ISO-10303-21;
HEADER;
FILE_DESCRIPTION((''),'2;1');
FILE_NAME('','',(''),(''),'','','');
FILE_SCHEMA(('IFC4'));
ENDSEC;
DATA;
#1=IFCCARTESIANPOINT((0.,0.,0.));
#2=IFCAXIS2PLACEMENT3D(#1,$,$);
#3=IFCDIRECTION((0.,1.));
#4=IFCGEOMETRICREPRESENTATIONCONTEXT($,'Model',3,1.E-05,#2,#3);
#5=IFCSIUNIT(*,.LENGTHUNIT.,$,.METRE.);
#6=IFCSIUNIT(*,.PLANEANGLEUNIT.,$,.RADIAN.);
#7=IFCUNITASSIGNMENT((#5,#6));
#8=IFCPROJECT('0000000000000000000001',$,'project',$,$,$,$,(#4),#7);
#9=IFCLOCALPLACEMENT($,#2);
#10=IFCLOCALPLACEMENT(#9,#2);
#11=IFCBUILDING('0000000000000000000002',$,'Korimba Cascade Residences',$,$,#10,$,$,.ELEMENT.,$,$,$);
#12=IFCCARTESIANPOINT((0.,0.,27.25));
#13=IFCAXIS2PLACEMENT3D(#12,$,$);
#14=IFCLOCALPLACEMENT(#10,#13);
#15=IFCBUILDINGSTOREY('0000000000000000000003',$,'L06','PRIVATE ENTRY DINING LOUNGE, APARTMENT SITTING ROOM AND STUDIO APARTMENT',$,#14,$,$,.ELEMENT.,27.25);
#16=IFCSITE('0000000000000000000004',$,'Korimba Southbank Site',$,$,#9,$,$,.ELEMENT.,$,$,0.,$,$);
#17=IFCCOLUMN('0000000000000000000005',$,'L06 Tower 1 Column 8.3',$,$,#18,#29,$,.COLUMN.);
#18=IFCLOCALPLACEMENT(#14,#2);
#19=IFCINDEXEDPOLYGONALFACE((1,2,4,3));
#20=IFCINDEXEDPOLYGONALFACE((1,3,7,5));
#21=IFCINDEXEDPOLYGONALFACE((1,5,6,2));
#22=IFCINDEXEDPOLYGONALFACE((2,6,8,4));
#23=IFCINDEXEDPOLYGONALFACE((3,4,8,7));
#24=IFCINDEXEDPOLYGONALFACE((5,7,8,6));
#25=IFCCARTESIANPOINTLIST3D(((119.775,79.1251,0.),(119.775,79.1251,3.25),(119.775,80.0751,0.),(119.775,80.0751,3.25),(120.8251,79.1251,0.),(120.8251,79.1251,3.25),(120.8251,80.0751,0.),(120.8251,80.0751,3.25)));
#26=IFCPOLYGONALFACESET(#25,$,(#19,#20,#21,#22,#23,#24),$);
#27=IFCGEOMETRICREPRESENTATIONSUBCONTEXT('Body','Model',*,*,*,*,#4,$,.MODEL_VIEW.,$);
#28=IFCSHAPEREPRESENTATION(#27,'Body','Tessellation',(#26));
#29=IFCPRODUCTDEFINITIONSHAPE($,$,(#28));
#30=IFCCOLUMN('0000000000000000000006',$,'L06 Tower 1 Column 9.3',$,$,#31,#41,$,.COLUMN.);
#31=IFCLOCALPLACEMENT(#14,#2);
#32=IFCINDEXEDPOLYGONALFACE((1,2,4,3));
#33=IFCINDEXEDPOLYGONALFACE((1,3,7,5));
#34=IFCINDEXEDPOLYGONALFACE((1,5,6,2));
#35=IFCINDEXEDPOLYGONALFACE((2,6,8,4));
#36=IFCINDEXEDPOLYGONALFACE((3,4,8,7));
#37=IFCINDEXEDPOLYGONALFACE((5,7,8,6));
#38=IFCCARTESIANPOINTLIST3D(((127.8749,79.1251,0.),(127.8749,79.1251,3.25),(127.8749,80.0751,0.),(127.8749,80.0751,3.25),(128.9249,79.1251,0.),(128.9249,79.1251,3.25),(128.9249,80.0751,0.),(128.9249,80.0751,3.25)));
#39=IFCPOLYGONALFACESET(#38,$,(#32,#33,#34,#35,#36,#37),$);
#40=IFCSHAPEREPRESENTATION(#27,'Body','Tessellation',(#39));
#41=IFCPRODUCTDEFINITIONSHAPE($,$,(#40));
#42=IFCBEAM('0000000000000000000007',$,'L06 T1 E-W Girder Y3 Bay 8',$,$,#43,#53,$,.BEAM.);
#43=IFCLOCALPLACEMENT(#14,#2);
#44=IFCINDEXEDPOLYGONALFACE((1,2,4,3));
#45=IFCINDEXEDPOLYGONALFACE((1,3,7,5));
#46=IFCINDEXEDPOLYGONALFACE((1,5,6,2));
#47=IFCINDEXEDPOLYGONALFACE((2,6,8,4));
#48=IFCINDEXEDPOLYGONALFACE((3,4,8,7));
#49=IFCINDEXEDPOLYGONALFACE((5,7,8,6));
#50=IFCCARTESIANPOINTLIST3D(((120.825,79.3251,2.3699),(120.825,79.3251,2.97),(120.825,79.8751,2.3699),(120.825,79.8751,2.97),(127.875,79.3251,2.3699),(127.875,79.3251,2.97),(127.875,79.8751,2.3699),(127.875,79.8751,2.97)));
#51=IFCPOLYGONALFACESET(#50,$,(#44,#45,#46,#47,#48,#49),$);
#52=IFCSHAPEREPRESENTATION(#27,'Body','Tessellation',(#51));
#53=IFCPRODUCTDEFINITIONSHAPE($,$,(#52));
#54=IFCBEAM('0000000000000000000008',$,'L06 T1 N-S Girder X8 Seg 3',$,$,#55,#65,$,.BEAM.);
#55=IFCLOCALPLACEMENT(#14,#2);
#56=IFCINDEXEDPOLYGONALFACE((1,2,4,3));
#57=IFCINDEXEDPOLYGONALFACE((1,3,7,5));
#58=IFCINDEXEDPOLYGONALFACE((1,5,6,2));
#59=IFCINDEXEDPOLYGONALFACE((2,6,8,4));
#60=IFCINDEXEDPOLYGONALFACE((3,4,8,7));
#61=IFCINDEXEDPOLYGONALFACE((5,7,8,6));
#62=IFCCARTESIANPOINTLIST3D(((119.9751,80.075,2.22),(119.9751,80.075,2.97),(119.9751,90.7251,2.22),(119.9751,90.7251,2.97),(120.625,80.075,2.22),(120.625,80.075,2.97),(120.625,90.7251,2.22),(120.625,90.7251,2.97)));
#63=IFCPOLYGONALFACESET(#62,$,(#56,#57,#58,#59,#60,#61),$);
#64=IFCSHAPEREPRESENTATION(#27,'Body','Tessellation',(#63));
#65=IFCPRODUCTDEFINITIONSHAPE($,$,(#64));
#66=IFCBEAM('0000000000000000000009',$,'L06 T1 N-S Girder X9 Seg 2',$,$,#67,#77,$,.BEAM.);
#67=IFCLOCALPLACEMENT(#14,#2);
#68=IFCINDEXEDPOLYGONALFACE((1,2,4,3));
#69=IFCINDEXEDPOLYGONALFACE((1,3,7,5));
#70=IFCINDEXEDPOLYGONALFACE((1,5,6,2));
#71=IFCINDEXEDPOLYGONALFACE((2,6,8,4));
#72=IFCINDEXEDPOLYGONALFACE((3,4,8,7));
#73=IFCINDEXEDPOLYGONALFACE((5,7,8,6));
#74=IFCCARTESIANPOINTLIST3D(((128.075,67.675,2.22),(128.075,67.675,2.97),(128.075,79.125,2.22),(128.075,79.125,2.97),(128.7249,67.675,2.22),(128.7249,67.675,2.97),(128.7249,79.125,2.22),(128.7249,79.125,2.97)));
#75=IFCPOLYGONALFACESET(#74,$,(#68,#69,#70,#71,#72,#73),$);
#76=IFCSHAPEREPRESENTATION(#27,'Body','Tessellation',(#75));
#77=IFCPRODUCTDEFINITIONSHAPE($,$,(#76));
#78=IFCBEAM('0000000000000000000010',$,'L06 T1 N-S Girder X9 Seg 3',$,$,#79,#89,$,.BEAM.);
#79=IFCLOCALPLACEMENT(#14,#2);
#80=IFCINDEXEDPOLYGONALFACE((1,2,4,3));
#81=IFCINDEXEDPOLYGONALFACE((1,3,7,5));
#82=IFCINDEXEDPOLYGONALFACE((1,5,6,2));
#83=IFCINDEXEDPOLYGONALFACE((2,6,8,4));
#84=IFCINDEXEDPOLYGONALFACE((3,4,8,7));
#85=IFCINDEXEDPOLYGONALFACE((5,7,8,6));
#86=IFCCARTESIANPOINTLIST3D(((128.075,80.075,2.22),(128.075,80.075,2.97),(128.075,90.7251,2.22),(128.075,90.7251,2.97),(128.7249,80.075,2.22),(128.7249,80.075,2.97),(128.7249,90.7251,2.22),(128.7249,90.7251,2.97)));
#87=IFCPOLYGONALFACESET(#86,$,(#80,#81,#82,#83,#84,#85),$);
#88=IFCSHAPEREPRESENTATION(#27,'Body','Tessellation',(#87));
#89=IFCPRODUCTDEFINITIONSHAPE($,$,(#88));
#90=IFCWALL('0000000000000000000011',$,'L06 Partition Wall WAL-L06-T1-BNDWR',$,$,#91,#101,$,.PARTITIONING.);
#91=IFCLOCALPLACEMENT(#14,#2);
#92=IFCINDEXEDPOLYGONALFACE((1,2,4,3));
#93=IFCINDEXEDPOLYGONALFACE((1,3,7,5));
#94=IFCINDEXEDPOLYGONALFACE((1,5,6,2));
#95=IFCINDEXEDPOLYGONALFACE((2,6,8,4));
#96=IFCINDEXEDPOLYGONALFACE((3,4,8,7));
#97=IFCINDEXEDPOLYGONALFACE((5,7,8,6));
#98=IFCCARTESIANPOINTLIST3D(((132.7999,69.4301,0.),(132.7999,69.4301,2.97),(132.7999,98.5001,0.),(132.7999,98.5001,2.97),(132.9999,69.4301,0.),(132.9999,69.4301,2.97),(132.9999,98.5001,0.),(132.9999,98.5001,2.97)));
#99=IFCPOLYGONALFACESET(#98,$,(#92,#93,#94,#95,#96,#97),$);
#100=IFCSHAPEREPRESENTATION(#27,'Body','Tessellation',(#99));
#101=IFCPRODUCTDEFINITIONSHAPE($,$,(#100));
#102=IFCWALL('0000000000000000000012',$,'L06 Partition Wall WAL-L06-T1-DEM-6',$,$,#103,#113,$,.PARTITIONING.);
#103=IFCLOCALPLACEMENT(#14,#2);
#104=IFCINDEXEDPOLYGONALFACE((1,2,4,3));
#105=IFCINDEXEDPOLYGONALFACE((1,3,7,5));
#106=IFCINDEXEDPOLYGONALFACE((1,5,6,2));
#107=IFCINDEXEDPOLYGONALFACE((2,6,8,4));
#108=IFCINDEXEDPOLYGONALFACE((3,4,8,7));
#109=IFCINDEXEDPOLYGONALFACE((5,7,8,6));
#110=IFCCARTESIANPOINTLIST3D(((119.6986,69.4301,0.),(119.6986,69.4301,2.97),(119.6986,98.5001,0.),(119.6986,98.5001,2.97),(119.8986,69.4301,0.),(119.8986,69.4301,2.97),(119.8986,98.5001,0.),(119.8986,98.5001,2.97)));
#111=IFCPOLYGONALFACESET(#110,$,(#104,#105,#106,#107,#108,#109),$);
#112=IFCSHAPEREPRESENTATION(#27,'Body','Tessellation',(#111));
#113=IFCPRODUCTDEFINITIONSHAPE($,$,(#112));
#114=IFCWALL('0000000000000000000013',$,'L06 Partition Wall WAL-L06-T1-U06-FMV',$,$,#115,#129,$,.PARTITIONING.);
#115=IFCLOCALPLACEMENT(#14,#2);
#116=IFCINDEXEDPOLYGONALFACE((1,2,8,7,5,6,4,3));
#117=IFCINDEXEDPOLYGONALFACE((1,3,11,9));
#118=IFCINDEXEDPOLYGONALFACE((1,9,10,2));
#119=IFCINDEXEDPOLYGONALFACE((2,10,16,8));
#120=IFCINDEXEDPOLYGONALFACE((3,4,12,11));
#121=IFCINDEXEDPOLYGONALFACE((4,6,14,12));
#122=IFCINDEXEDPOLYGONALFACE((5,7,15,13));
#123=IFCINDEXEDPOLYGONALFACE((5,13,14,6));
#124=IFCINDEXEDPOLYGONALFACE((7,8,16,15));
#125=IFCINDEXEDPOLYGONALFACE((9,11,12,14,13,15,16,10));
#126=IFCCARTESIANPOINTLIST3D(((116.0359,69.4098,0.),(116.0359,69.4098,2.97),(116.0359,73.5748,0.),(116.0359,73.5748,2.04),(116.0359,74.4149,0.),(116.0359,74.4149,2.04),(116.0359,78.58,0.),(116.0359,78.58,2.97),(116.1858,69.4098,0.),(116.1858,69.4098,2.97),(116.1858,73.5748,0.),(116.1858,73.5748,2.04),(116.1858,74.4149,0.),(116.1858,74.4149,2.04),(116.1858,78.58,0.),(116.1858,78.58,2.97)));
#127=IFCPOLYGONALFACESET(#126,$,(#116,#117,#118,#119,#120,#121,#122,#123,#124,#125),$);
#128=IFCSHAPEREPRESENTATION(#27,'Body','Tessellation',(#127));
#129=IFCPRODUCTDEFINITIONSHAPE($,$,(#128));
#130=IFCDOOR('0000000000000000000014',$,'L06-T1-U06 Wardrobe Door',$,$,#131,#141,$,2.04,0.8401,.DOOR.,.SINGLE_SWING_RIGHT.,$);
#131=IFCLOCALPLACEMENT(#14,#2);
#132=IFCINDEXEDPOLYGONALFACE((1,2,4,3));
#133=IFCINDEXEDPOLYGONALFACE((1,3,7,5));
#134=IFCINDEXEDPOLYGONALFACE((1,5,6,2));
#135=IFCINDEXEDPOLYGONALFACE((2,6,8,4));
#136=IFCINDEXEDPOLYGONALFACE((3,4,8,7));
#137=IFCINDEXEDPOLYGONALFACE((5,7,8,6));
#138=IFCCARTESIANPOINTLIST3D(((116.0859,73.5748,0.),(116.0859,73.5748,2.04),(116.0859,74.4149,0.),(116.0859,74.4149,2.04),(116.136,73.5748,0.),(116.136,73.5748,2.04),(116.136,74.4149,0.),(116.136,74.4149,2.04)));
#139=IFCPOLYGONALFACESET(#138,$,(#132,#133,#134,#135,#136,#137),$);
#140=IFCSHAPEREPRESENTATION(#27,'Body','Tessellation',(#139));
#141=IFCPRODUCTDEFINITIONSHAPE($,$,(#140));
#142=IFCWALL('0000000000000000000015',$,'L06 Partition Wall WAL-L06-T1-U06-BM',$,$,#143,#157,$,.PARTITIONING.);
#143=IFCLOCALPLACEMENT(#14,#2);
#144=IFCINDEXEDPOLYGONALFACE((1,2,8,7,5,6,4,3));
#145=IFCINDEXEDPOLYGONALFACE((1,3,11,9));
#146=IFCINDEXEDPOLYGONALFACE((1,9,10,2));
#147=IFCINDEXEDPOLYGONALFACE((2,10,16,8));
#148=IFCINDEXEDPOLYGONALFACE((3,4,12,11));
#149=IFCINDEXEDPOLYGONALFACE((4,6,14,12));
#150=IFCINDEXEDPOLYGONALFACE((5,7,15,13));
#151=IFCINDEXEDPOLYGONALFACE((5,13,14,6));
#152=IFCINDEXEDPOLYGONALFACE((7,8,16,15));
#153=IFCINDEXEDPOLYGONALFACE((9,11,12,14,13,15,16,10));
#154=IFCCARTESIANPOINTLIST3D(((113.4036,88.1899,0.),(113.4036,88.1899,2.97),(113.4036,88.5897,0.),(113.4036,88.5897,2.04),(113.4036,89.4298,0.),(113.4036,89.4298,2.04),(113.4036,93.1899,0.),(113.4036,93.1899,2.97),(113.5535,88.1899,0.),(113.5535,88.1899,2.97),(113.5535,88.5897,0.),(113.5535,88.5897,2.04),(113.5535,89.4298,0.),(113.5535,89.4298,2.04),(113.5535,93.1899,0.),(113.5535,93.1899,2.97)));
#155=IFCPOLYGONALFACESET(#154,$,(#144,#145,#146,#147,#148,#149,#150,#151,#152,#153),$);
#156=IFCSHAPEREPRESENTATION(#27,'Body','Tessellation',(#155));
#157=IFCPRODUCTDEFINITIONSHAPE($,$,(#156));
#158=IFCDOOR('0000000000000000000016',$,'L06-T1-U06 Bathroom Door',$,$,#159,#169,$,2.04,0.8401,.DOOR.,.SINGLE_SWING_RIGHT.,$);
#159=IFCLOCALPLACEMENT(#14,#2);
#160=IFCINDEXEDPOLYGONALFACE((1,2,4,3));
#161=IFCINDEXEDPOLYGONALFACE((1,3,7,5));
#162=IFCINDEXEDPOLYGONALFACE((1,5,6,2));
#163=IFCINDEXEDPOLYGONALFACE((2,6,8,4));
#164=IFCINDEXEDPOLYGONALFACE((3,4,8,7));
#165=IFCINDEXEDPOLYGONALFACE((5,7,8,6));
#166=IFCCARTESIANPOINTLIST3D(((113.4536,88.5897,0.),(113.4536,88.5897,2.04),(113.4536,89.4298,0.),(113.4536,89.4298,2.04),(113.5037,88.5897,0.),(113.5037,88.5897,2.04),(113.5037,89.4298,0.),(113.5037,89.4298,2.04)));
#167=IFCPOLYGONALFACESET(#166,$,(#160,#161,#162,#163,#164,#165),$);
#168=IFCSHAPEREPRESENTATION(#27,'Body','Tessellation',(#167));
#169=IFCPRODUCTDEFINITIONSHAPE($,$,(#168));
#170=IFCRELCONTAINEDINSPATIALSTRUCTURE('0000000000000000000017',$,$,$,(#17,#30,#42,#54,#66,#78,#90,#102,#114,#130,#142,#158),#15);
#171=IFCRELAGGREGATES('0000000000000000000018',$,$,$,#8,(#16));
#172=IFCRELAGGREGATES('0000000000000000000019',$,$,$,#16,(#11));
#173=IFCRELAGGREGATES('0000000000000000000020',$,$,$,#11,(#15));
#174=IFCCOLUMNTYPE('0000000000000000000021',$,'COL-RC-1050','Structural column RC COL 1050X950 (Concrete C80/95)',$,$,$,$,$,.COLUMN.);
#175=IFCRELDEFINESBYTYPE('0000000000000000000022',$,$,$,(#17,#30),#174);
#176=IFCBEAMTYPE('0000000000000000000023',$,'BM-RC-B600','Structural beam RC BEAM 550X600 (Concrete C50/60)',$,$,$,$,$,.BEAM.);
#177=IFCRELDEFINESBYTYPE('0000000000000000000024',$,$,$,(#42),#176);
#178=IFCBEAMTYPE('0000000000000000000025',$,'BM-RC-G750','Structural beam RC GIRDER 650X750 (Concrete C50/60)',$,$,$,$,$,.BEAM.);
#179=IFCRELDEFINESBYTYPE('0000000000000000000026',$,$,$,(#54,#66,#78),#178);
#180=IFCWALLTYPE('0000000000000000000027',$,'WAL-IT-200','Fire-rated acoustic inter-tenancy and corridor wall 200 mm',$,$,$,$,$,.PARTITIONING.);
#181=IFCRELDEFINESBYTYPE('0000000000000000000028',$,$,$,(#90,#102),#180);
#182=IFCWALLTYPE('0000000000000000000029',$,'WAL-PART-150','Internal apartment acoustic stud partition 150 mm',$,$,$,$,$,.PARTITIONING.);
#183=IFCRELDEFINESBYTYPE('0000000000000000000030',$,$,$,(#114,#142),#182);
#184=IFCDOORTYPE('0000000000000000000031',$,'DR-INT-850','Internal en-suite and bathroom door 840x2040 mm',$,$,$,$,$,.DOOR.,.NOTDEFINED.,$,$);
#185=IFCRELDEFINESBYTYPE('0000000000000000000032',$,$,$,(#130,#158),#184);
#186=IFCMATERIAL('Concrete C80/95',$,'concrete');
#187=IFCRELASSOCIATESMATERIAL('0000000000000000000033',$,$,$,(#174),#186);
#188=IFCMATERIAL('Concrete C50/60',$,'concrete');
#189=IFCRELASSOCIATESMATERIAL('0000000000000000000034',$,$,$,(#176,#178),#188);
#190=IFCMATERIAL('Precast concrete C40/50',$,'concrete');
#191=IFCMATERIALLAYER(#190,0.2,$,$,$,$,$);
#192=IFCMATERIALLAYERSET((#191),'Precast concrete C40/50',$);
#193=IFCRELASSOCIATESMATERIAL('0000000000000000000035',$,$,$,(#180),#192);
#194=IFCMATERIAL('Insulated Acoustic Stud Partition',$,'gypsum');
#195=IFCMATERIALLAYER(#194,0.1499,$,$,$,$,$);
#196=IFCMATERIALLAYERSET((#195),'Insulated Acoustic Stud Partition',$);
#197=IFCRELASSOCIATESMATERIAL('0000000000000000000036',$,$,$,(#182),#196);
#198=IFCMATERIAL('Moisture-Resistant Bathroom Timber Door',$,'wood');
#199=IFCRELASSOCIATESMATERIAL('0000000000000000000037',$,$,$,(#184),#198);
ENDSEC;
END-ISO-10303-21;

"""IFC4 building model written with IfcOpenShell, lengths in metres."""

from ifc_helpers import new_model, si_unit, direction, frame, frame_2d, origin, origin_2d, place, context, subcontext, project, spatial, rectangle, extrude, material, layer, layer_set, material_profile, profile_set, type_object, element, fill, save


model = new_model("IFC4")

# Units and contexts
model_context = context("Model", 3, precision=1e-05, world=origin(), true_north=direction((0.0, 1.0)))
body_context = subcontext(model_context, "Body", "Model", "MODEL_VIEW")
ifc_project = project(units=[si_unit("LENGTHUNIT", "METRE"), si_unit("PLANEANGLEUNIT", "RADIAN")], contexts=[model_context])

# Site, building, storey
site_placement = place(None, origin())
site = spatial("IfcSite", under=ifc_project, at=site_placement, Name="Korimba Southbank Site", CompositionType="ELEMENT", RefElevation=0.0)
building_placement = place(site_placement, origin())
building = spatial("IfcBuilding", under=site, at=building_placement, Name="Korimba Cascade Residences", CompositionType="ELEMENT")
storey_placement = place(building_placement, frame((0.0, 0.0, 27.25)))
storey = spatial("IfcBuildingStorey", under=building, at=storey_placement, Name="L06", Description="PRIVATE ENTRY DINING LOUNGE, APARTMENT SITTING ROOM AND STUDIO APARTMENT", CompositionType="ELEMENT", Elevation=27.25)

# Columns
ifc_material_1 = material(Name="Concrete C80/95", Category="concrete")
ifc_material_profile_1 = material_profile(ifc_material_1, rectangle(XDim=1.05, YDim=0.95, at=origin_2d()), Name="Concrete C80/95")
ifc_profile_set_1 = profile_set([ifc_material_profile_1], Name="Concrete C80/95")
column_type = type_object("IfcColumnType", Name="COL-RC-1050", Description="Structural column RC COL 1050X950 (Concrete C80/95)", PredefinedType="COLUMN", material=ifc_profile_set_1)
for number, where, z_axis, x_axis, name in (
    (1, (120.3, 79.6001, 0.0), (0.0, 0.0, 1.0), (1.0, 0.0, 0.0), "L06 Tower 1 Column 8.3"),
    (2, (128.3999, 79.6001, 0.0), (0.0, 0.0, 1.0), (1.0, 0.0, 0.0), "L06 Tower 1 Column 9.3"),
):
    element("IfcColumn", number, at=place(storey_placement, frame(where, z_axis=z_axis, x_axis=x_axis)), inside=storey, type_object=column_type, Name=name, PredefinedType="COLUMN", context=body_context, shape_type="SweptSolid", body=[
        extrude(rectangle(XDim=1.05, YDim=0.95, at=origin_2d()), origin(), (0.0, 0.0, 1.0), 3.25),
    ])

# Beams
ifc_material_2 = material(Name="Concrete C50/60", Category="concrete")
ifc_material_profile_2 = material_profile(ifc_material_2, rectangle(XDim=0.55, YDim=0.6001, at=origin_2d()), Name="Concrete C50/60")
ifc_profile_set_2 = profile_set([ifc_material_profile_2], Name="Concrete C50/60")
beam_type_1 = type_object("IfcBeamType", Name="BM-RC-B600", Description="Structural beam RC BEAM 550X600 (Concrete C50/60)", PredefinedType="BEAM", material=ifc_profile_set_2)
beam_1_placement = place(storey_placement, frame((120.825, 79.6001, 2.6699), z_axis=(1.0, 0.0, 0.0), x_axis=(0.0, 1.0, 0.0)))
element("IfcBeam", 3, at=beam_1_placement, inside=storey, type_object=beam_type_1, Name="L06 T1 E-W Girder Y3 Bay 8", PredefinedType="BEAM", context=body_context, shape_type="SweptSolid", body=[
    extrude(rectangle(XDim=0.55, YDim=0.6001, at=origin_2d()), origin(), (0.0, 0.0, 1.0), 7.05),
])
ifc_material_profile_3 = material_profile(ifc_material_2, rectangle(XDim=0.6499, YDim=0.75, at=origin_2d()), Name="Concrete C50/60")
ifc_profile_set_3 = profile_set([ifc_material_profile_3], Name="Concrete C50/60")
beam_type_2 = type_object("IfcBeamType", Name="BM-RC-G750", Description="Structural beam RC GIRDER 650X750 (Concrete C50/60)", PredefinedType="BEAM", material=ifc_profile_set_3)
beam_2_placement = place(storey_placement, frame((120.3, 80.075, 2.595), z_axis=(0.0, 1.0, 0.0), x_axis=(-1.0, 0.0, 0.0)))
element("IfcBeam", 4, at=beam_2_placement, inside=storey, type_object=beam_type_2, Name="L06 T1 N-S Girder X8 Seg 3", PredefinedType="BEAM", context=body_context, shape_type="SweptSolid", body=[
    extrude(rectangle(XDim=0.6499, YDim=0.75, at=origin_2d()), origin(), (0.0, 0.0, 1.0), 10.6501),
])
beam_3_placement = place(storey_placement, frame((128.3999, 67.675, 2.595), z_axis=(0.0, 1.0, 0.0), x_axis=(-1.0, 0.0, 0.0)))
element("IfcBeam", 5, at=beam_3_placement, inside=storey, type_object=beam_type_2, Name="L06 T1 N-S Girder X9 Seg 2", PredefinedType="BEAM", context=body_context, shape_type="SweptSolid", body=[
    extrude(rectangle(XDim=0.6499, YDim=0.75, at=origin_2d()), origin(), (0.0, 0.0, 1.0), 11.45),
])
beam_4_placement = place(storey_placement, frame((128.3999, 80.075, 2.595), z_axis=(0.0, 1.0, 0.0), x_axis=(-1.0, 0.0, 0.0)))
element("IfcBeam", 6, at=beam_4_placement, inside=storey, type_object=beam_type_2, Name="L06 T1 N-S Girder X9 Seg 3", PredefinedType="BEAM", context=body_context, shape_type="SweptSolid", body=[
    extrude(rectangle(XDim=0.6499, YDim=0.75, at=origin_2d()), origin(), (0.0, 0.0, 1.0), 10.6501),
])

# Walls
ifc_material_3 = material(Name="Precast concrete C40/50", Category="concrete")
ifc_layer_1 = layer(ifc_material_3, 0.2)
ifc_layer_set_1 = layer_set([ifc_layer_1], Name="Precast concrete C40/50")
wall_type_1 = type_object("IfcWallType", Name="WAL-IT-200", Description="Fire-rated acoustic inter-tenancy and corridor wall 200 mm", PredefinedType="PARTITIONING", material=ifc_layer_set_1)
for number, where, z_axis, x_axis, name in (
    (7, (132.8999, 69.4299, 0.0), (0.0, 0.0, 1.0), (0.0, 1.0, 0.0), "L06 Partition Wall WAL-L06-T1-BNDWR"),
    (8, (119.7986, 69.4299, 0.0), (0.0, 0.0, 1.0), (0.0, 1.0, 0.0), "L06 Partition Wall WAL-L06-T1-DEM-6"),
):
    element("IfcWall", number, at=place(storey_placement, frame(where, z_axis=z_axis, x_axis=x_axis)), inside=storey, type_object=wall_type_1, Name=name, PredefinedType="PARTITIONING", context=body_context, shape_type="SweptSolid", body=[
        extrude(rectangle(XDim=29.0701, YDim=0.2, at=frame_2d((14.5352, 0.0))), origin(), (0.0, 0.0, 1.0), 2.97),
    ])

# Walls, openings, doors
ifc_material_4 = material(Name="Insulated Acoustic Stud Partition", Category="gypsum")
ifc_layer_2 = layer(ifc_material_4, 0.1499)
ifc_layer_set_2 = layer_set([ifc_layer_2], Name="Insulated Acoustic Stud Partition")
wall_type_2 = type_object("IfcWallType", Name="WAL-PART-150", Description="Internal apartment acoustic stud partition 150 mm", PredefinedType="PARTITIONING", material=ifc_layer_set_2)
wall_1_placement = place(storey_placement, frame((116.1108, 69.4099, 0.0), z_axis=(0.0, 0.0, 1.0), x_axis=(0.0, 1.0, 0.0)))
wall_1 = element("IfcWall", 9, at=wall_1_placement, inside=storey, type_object=wall_type_2, Name="L06 Partition Wall WAL-L06-T1-U06-FMV", PredefinedType="PARTITIONING", context=body_context, shape_type="SweptSolid", body=[
    extrude(rectangle(XDim=9.1702, YDim=0.1499, at=frame_2d((4.585, 0.0))), origin(), (0.0, 0.0, 1.0), 2.97),
])
opening_1_placement = place(wall_1_placement, frame((4.165, 0.0, 0.0)))
opening_1 = element("IfcOpeningElement", 10, at=opening_1_placement, cuts=wall_1, PredefinedType="OPENING", context=body_context, shape_type="SweptSolid", body=[
    extrude(rectangle(XDim=0.8401, YDim=2.04, at=frame_2d((0.4199, 1.02))), frame((0.0, 0.085, 0.0), z_axis=(0.0, -1.0, 0.0), x_axis=(1.0, 0.0, 0.0)), (0.0, 0.0, 1.0), 0.1699),
])
ifc_material_5 = material(Name="Moisture-Resistant Bathroom Timber Door", Category="wood")
door_type_1 = type_object("IfcDoorType", Name="DR-INT-850", Description="Internal en-suite and bathroom door 840x2040 mm", OperationType="NOTDEFINED", PredefinedType="DOOR", material=ifc_material_5)
door_1_placement = place(opening_1_placement, origin())
door_1 = element("IfcDoor", 11, at=door_1_placement, inside=storey, type_object=door_type_1, Name="L06-T1-U06 Wardrobe Door", OperationType="SINGLE_SWING_RIGHT", OverallHeight=2.04, OverallWidth=0.8401, PredefinedType="DOOR", context=body_context, shape_type="SweptSolid", body=[
    extrude(rectangle(XDim=0.8401, YDim=2.04, at=frame_2d((0.4199, 1.02))), frame((0.0, 0.0249, 0.0), z_axis=(0.0, -1.0, 0.0), x_axis=(1.0, 0.0, 0.0)), (0.0, 0.0, 1.0), 0.05),
])
fill(opening_1, door_1)
wall_2_placement = place(storey_placement, frame((113.4785, 88.1899, 0.0), z_axis=(0.0, 0.0, 1.0), x_axis=(0.0, 1.0, 0.0)))
wall_2 = element("IfcWall", 12, at=wall_2_placement, inside=storey, type_object=wall_type_2, Name="L06 Partition Wall WAL-L06-T1-U06-BM", PredefinedType="PARTITIONING", context=body_context, shape_type="SweptSolid", body=[
    extrude(rectangle(XDim=5.0, YDim=0.1499, at=frame_2d((2.5, 0.0))), origin(), (0.0, 0.0, 1.0), 2.97),
])
opening_2_placement = place(wall_2_placement, frame((0.3999, 0.0, 0.0)))
opening_2 = element("IfcOpeningElement", 13, at=opening_2_placement, cuts=wall_2, PredefinedType="OPENING", context=body_context, shape_type="SweptSolid", body=[
    extrude(rectangle(XDim=0.8401, YDim=2.04, at=frame_2d((0.4199, 1.02))), frame((0.0, 0.085, 0.0), z_axis=(0.0, -1.0, 0.0), x_axis=(1.0, 0.0, 0.0)), (0.0, 0.0, 1.0), 0.1699),
])
door_2_placement = place(opening_2_placement, origin())
door_2 = element("IfcDoor", 14, at=door_2_placement, inside=storey, type_object=door_type_1, Name="L06-T1-U06 Bathroom Door", OperationType="SINGLE_SWING_RIGHT", OverallHeight=2.04, OverallWidth=0.8401, PredefinedType="DOOR", context=body_context, shape_type="SweptSolid", body=[
    extrude(rectangle(XDim=0.8401, YDim=2.04, at=frame_2d((0.4199, 1.02))), frame((0.0, 0.0249, 0.0), z_axis=(0.0, -1.0, 0.0), x_axis=(1.0, 0.0, 0.0)), (0.0, 0.0, 1.0), 0.05),
])
fill(opening_2, door_2)

save(model, "model.ifc")
